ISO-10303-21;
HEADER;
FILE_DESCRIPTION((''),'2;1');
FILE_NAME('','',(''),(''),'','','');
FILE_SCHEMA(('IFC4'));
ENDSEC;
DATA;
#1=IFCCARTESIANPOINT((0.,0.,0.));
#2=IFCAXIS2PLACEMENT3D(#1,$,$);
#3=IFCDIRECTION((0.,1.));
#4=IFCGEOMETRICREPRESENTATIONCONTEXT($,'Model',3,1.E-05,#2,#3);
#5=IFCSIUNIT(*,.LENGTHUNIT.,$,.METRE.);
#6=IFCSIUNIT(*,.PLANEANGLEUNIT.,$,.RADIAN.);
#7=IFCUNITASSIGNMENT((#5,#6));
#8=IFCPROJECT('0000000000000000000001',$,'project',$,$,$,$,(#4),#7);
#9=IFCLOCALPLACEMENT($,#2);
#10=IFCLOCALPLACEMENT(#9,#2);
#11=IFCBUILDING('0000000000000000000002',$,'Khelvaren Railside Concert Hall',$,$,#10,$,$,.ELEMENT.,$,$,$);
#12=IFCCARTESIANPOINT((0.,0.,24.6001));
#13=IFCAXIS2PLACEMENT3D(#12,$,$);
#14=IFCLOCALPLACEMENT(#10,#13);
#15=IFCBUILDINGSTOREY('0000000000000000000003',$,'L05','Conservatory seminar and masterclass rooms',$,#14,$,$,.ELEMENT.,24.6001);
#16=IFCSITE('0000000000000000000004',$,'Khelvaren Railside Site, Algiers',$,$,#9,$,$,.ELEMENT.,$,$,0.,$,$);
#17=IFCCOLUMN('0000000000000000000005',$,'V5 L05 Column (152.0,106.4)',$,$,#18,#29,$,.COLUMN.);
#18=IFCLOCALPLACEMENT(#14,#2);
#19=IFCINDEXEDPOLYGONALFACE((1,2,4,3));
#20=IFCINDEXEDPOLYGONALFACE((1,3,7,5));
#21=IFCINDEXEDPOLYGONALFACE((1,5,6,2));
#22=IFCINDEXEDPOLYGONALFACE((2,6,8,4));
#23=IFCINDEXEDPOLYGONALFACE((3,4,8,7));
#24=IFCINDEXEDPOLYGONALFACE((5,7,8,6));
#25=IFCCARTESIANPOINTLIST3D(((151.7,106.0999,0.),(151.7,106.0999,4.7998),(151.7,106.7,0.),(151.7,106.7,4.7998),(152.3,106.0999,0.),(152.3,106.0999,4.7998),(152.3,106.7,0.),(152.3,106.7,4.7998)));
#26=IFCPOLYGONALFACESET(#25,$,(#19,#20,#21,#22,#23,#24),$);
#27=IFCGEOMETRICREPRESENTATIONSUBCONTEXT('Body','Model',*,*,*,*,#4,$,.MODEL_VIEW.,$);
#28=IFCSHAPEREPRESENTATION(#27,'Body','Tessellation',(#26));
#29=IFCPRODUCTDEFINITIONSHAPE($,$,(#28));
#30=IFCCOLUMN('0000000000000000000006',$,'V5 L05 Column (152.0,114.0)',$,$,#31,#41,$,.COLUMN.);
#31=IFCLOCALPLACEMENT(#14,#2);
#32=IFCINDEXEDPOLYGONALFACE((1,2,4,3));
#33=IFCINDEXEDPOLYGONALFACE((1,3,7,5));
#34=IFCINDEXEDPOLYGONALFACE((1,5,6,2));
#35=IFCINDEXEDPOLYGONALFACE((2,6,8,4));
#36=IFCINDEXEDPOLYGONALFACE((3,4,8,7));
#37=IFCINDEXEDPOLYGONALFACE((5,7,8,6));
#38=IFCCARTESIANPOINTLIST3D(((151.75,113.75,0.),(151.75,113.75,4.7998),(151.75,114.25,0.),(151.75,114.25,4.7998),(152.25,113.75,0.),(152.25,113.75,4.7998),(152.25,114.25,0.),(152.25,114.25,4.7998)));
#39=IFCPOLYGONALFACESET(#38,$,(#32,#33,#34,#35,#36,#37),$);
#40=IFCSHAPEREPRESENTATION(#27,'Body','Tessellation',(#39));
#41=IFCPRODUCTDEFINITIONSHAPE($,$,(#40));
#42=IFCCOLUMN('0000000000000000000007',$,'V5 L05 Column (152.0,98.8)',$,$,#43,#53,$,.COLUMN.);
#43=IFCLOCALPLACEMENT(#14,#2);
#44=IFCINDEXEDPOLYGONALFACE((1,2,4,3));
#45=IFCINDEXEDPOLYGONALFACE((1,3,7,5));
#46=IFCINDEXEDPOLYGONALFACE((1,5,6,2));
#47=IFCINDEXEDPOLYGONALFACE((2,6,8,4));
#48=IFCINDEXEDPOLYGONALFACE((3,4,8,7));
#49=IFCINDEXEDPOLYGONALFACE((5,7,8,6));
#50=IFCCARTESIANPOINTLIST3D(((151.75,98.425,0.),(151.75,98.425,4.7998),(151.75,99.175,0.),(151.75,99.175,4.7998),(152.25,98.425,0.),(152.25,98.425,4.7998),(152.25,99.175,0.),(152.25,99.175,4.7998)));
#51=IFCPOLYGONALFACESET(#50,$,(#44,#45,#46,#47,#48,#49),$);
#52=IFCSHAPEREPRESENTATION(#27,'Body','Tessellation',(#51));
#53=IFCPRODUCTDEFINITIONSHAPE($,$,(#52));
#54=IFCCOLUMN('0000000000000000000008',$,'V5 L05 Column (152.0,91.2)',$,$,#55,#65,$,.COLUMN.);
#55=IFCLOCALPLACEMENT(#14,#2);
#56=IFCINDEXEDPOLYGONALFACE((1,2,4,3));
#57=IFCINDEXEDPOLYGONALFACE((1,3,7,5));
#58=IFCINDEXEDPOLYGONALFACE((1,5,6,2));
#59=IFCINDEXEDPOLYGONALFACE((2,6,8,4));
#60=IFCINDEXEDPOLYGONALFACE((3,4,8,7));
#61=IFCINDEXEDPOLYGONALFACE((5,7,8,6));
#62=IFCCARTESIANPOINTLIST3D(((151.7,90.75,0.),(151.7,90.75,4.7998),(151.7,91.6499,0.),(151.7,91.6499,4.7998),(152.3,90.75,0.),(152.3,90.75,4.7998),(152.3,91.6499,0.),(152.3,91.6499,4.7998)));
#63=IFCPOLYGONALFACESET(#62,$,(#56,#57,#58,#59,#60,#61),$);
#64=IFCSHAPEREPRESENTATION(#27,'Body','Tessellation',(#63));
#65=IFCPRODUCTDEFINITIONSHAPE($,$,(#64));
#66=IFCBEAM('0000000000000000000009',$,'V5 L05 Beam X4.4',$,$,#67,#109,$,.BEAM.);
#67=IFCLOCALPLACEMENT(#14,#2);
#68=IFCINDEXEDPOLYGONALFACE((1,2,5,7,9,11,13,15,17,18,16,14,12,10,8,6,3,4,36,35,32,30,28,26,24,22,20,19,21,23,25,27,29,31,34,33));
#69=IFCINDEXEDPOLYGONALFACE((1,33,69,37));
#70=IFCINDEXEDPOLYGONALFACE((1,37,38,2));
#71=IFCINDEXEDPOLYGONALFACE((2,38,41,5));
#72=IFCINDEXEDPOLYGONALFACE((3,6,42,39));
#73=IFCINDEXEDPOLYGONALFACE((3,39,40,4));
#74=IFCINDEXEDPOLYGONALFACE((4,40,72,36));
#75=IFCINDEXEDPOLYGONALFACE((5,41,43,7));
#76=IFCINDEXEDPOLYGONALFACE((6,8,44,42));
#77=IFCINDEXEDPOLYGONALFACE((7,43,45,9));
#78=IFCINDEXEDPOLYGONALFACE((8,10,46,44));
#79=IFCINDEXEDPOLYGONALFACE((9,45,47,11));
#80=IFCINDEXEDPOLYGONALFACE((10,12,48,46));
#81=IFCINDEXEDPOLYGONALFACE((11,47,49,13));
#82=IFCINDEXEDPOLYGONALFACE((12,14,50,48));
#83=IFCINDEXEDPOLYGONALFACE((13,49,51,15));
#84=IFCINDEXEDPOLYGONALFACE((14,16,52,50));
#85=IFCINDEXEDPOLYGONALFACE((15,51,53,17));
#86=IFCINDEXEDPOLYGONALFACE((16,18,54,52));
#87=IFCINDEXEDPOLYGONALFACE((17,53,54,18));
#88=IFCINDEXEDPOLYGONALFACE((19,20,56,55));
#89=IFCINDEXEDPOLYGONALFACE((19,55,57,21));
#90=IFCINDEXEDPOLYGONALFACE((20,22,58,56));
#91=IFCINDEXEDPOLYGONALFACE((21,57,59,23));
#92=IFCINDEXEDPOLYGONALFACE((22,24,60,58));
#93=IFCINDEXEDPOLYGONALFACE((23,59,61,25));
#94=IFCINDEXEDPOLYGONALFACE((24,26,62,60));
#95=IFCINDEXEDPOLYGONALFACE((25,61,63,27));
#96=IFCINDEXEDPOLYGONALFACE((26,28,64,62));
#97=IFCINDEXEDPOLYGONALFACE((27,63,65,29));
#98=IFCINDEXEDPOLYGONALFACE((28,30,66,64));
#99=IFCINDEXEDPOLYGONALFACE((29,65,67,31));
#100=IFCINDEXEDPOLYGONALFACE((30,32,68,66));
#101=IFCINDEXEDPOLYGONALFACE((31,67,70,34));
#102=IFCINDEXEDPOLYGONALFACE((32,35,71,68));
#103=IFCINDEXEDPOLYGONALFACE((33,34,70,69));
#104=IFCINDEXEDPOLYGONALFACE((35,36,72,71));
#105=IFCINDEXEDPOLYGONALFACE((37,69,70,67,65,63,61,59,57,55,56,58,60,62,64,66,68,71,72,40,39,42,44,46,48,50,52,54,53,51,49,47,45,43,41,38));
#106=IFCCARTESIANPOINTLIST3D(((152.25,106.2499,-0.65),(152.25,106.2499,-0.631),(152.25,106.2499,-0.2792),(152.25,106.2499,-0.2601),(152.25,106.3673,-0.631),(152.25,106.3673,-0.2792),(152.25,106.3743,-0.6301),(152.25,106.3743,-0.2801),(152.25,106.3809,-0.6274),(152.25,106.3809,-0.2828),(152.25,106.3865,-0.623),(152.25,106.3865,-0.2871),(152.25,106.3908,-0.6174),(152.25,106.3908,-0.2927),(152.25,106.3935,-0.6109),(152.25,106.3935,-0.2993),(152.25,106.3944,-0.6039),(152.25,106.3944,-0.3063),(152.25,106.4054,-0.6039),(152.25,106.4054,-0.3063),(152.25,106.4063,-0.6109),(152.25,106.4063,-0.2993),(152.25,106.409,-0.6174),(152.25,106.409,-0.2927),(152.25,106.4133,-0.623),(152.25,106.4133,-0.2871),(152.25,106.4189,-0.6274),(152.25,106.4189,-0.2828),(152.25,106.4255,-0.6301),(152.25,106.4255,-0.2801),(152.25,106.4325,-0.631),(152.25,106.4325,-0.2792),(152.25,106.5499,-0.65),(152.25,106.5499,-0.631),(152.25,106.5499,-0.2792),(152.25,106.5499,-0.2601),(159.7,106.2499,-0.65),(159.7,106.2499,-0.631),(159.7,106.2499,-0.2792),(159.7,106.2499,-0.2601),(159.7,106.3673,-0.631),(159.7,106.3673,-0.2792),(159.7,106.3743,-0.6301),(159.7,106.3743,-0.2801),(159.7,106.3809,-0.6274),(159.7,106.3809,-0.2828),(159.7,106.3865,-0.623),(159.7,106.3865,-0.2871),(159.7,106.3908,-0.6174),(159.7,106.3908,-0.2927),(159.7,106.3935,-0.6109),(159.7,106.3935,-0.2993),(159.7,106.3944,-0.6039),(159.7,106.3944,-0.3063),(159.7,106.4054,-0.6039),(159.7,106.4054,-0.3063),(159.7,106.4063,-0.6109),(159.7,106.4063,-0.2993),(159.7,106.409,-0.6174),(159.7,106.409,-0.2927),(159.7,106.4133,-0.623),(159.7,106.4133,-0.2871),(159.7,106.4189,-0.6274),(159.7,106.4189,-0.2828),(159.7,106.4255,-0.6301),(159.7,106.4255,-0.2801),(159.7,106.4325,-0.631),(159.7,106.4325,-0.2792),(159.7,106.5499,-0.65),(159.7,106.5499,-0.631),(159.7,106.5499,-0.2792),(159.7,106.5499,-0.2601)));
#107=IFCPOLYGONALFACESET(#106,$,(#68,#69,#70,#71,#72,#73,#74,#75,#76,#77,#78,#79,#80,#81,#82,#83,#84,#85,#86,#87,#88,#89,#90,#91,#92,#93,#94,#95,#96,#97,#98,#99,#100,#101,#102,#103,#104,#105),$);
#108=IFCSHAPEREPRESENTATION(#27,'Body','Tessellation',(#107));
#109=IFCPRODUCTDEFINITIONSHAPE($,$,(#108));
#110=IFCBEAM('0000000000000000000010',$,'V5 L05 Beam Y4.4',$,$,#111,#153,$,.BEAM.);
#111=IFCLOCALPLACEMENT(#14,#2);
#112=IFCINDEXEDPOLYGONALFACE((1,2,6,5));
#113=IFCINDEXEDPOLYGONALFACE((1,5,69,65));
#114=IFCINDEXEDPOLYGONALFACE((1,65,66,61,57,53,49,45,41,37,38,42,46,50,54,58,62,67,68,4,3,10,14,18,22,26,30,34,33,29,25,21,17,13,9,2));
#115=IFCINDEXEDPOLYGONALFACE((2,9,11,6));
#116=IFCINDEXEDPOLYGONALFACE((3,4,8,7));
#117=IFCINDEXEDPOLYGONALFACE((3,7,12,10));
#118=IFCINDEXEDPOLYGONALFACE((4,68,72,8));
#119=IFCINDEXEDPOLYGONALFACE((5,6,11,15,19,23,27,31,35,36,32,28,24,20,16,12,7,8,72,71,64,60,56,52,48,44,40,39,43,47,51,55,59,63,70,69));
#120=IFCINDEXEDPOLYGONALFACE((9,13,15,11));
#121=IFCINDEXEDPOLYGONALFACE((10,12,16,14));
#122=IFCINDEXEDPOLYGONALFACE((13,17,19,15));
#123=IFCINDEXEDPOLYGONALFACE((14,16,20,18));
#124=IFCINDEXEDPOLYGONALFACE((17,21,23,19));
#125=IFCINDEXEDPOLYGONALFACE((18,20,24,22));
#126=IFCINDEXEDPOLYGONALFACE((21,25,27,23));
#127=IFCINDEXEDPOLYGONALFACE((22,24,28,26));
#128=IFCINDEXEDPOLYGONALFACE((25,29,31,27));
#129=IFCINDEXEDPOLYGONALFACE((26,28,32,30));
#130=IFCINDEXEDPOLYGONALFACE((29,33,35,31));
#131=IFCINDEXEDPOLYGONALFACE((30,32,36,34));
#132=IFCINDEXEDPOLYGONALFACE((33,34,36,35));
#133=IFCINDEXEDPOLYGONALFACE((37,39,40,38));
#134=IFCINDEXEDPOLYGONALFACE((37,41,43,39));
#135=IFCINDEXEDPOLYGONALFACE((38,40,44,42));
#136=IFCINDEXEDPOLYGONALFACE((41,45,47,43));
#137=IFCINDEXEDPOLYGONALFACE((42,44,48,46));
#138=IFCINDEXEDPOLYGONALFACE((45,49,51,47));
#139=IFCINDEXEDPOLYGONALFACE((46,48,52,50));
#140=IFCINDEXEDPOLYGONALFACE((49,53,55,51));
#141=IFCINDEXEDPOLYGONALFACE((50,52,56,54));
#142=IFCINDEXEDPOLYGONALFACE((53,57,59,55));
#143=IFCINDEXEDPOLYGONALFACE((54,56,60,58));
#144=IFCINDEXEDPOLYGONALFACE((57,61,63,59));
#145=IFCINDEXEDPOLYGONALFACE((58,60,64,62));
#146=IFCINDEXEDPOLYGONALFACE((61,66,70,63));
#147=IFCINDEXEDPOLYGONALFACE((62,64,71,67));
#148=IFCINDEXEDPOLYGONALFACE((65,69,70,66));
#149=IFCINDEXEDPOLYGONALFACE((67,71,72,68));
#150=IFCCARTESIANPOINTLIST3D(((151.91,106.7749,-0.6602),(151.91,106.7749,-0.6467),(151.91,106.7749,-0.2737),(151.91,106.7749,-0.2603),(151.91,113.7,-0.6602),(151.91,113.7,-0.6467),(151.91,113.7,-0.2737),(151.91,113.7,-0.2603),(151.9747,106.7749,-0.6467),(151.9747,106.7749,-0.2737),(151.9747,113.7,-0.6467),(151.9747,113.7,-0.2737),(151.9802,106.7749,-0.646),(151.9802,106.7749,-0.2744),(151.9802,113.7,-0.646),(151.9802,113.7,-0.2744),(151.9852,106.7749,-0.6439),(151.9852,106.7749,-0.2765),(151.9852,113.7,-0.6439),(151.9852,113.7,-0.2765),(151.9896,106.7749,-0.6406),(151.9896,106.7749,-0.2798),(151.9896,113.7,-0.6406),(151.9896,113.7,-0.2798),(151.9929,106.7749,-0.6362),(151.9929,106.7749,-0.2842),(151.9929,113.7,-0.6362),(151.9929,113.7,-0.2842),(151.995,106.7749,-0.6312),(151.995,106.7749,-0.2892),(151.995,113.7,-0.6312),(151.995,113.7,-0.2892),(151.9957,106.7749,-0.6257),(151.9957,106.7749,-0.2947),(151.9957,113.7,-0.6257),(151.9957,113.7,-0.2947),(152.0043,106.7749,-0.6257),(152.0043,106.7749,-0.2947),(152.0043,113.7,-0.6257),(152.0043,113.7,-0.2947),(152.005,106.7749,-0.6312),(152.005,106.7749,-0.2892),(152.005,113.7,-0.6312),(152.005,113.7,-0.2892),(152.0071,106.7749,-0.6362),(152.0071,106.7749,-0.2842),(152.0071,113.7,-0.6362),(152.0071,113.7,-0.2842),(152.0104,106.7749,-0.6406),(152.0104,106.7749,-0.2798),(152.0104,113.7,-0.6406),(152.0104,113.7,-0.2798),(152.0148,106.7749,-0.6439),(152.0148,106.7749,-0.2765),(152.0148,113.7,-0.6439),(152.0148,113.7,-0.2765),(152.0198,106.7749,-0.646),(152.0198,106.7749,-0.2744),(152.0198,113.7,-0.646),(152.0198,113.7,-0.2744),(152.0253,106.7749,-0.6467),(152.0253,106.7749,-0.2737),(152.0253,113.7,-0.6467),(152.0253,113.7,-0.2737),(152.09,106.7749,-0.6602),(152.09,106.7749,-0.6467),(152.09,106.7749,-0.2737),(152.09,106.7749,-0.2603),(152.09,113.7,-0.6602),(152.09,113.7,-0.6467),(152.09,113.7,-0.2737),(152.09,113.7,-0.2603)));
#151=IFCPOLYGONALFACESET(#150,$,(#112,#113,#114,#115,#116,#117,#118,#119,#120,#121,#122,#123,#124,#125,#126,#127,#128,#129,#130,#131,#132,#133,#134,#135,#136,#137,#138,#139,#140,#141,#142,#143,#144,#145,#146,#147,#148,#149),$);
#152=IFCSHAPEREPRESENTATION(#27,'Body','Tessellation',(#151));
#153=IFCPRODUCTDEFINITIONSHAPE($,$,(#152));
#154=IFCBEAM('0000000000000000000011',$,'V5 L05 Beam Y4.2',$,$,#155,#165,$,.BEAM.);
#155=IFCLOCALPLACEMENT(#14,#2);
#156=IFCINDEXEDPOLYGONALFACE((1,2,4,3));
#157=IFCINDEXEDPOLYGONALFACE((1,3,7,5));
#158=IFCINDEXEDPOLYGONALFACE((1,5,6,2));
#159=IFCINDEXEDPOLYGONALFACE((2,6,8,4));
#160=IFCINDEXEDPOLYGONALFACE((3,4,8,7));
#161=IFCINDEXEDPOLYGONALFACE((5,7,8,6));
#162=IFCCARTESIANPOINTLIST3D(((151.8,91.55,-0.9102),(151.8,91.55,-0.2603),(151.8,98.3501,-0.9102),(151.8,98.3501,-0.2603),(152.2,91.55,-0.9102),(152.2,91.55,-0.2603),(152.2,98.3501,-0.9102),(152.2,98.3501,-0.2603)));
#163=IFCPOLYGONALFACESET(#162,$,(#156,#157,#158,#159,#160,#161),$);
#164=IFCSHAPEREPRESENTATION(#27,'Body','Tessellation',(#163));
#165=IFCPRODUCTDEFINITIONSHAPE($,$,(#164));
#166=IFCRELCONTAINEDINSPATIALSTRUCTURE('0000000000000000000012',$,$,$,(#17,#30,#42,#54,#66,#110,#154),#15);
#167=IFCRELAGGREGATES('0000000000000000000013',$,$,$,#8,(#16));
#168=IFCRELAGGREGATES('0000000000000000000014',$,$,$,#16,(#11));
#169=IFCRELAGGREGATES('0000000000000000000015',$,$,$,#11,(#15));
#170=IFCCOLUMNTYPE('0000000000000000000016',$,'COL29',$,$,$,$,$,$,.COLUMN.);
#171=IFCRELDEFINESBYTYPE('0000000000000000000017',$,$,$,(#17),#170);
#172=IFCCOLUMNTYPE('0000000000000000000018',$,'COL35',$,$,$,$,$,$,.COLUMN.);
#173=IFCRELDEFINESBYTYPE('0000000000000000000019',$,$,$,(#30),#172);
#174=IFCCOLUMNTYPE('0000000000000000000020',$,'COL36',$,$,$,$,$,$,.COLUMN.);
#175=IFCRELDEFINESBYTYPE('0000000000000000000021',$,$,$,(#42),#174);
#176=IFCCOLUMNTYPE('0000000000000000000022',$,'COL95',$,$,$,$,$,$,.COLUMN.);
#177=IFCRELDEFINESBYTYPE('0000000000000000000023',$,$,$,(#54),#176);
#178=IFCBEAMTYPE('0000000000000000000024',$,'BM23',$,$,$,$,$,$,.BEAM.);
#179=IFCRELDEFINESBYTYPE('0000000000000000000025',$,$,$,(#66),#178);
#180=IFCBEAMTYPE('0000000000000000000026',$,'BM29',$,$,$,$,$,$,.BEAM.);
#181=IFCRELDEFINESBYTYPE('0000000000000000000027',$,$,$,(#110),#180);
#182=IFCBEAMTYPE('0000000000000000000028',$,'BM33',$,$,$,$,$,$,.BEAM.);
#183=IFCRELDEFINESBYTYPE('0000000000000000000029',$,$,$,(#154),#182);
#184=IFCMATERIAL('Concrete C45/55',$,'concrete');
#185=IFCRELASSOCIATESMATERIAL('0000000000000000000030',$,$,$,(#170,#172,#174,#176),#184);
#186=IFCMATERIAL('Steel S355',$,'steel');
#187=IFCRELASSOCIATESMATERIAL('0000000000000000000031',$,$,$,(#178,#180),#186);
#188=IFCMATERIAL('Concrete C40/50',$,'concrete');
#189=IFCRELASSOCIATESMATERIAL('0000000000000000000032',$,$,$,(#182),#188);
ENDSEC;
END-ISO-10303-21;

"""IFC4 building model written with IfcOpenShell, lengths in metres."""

from ifc_helpers import new_model, si_unit, direction, frame, origin, origin_2d, place, context, subcontext, project, spatial, rectangle, i_section, extrude, material, material_profile, profile_set, type_object, element, save


model = new_model("IFC4")

# Units and contexts
model_context = context("Model", 3, precision=1e-05, world=origin(), true_north=direction((0.0, 1.0)))
body_context = subcontext(model_context, "Body", "Model", "MODEL_VIEW")
ifc_project = project(units=[si_unit("LENGTHUNIT", "METRE"), si_unit("PLANEANGLEUNIT", "RADIAN")], contexts=[model_context])

# Site, building, storey
site_placement = place(None, origin())
site = spatial("IfcSite", under=ifc_project, at=site_placement, Name="Khelvaren Railside Site, Algiers", CompositionType="ELEMENT", RefElevation=0.0)
building_placement = place(site_placement, origin())
building = spatial("IfcBuilding", under=site, at=building_placement, Name="Khelvaren Railside Concert Hall", CompositionType="ELEMENT")
storey_placement = place(building_placement, frame((0.0, 0.0, 24.6001)))
storey = spatial("IfcBuildingStorey", under=building, at=storey_placement, Name="L05", Description="Conservatory seminar and masterclass rooms", CompositionType="ELEMENT", Elevation=24.6001)

# Columns
ifc_material_1 = material(Name="Concrete C45/55", Category="concrete")
ifc_material_profile_1 = material_profile(ifc_material_1, rectangle(XDim=0.6001, YDim=0.6001, at=origin_2d()), Name="RC 600x600")
ifc_profile_set_1 = profile_set([ifc_material_profile_1], Name="Concrete C45/55")
column_type_1 = type_object("IfcColumnType", Name="COL29", PredefinedType="COLUMN", material=ifc_profile_set_1)
column_1_placement = place(storey_placement, frame((152.0, 106.3999, 0.0), z_axis=(0.0, 0.0, 1.0), x_axis=(1.0, 0.0, 0.0)))
element("IfcColumn", 1, at=column_1_placement, inside=storey, type_object=column_type_1, Name="V5 L05 Column (152.0,106.4)", PredefinedType="COLUMN", context=body_context, shape_type="SweptSolid", body=[
    extrude(rectangle(XDim=0.6001, YDim=0.6001, at=origin_2d()), origin(), (0.0, 0.0, 1.0), 4.7998),
])
ifc_material_profile_2 = material_profile(ifc_material_1, rectangle(XDim=0.5, YDim=0.5, at=origin_2d()), Name="RC 500x500")
ifc_profile_set_2 = profile_set([ifc_material_profile_2], Name="Concrete C45/55")
column_type_2 = type_object("IfcColumnType", Name="COL35", PredefinedType="COLUMN", material=ifc_profile_set_2)
column_2_placement = place(storey_placement, frame((152.0, 114.0, 0.0), z_axis=(0.0, 0.0, 1.0), x_axis=(1.0, 0.0, 0.0)))
element("IfcColumn", 2, at=column_2_placement, inside=storey, type_object=column_type_2, Name="V5 L05 Column (152.0,114.0)", PredefinedType="COLUMN", context=body_context, shape_type="SweptSolid", body=[
    extrude(rectangle(XDim=0.5, YDim=0.5, at=origin_2d()), origin(), (0.0, 0.0, 1.0), 4.7998),
])
ifc_material_profile_3 = material_profile(ifc_material_1, rectangle(XDim=0.5, YDim=0.75, at=origin_2d()), Name="RC 500x750")
ifc_profile_set_3 = profile_set([ifc_material_profile_3], Name="Concrete C45/55")
column_type_3 = type_object("IfcColumnType", Name="COL36", PredefinedType="COLUMN", material=ifc_profile_set_3)
column_3_placement = place(storey_placement, frame((152.0, 98.8, 0.0), z_axis=(0.0, 0.0, 1.0), x_axis=(1.0, 0.0, 0.0)))
element("IfcColumn", 3, at=column_3_placement, inside=storey, type_object=column_type_3, Name="V5 L05 Column (152.0,98.8)", PredefinedType="COLUMN", context=body_context, shape_type="SweptSolid", body=[
    extrude(rectangle(XDim=0.5, YDim=0.75, at=origin_2d()), origin(), (0.0, 0.0, 1.0), 4.7998),
])
ifc_material_profile_4 = material_profile(ifc_material_1, rectangle(XDim=0.6001, YDim=0.8999, at=origin_2d()), Name="RC 600x900")
ifc_profile_set_4 = profile_set([ifc_material_profile_4], Name="Concrete C45/55")
column_type_4 = type_object("IfcColumnType", Name="COL95", PredefinedType="COLUMN", material=ifc_profile_set_4)
column_4_placement = place(storey_placement, frame((152.0, 91.2, 0.0), z_axis=(0.0, 0.0, 1.0), x_axis=(1.0, 0.0, 0.0)))
element("IfcColumn", 4, at=column_4_placement, inside=storey, type_object=column_type_4, Name="V5 L05 Column (152.0,91.2)", PredefinedType="COLUMN", context=body_context, shape_type="SweptSolid", body=[
    extrude(rectangle(XDim=0.6001, YDim=0.8999, at=origin_2d()), origin(), (0.0, 0.0, 1.0), 4.7998),
])

# Beams
ifc_material_2 = material(Name="Steel S355", Category="steel")
ifc_material_profile_5 = material_profile(ifc_material_2, i_section(OverallWidth=0.3, OverallDepth=0.3899, WebThickness=0.011, FlangeThickness=0.019, FilletRadius=0.0271, at=origin_2d()), Name="HEA 400")
ifc_profile_set_5 = profile_set([ifc_material_profile_5], Name="Steel S355")
beam_type_1 = type_object("IfcBeamType", Name="BM23", PredefinedType="BEAM", material=ifc_profile_set_5)
beam_1_placement = place(storey_placement, frame((152.25, 106.3999, -0.4551), z_axis=(1.0, 0.0, 0.0), x_axis=(0.0, 1.0, 0.0)))
element("IfcBeam", 5, at=beam_1_placement, inside=storey, type_object=beam_type_1, Name="V5 L05 Beam X4.4", PredefinedType="BEAM", context=body_context, shape_type="SweptSolid", body=[
    extrude(i_section(OverallWidth=0.3, OverallDepth=0.3899, WebThickness=0.011, FlangeThickness=0.019, FilletRadius=0.0271, at=origin_2d()), origin(), (0.0, 0.0, 1.0), 7.45),
])
ifc_material_profile_6 = material_profile(ifc_material_2, i_section(OverallWidth=0.1799, OverallDepth=0.3999, WebThickness=0.0085, FlangeThickness=0.0134, FilletRadius=0.021, at=origin_2d()), Name="IPE 400")
ifc_profile_set_6 = profile_set([ifc_material_profile_6], Name="Steel S355")
beam_type_2 = type_object("IfcBeamType", Name="BM29", PredefinedType="BEAM", material=ifc_profile_set_6)
beam_2_placement = place(storey_placement, frame((152.0, 106.7749, -0.4602), z_axis=(0.0, 1.0, 0.0), x_axis=(-1.0, 0.0, 0.0)))
element("IfcBeam", 6, at=beam_2_placement, inside=storey, type_object=beam_type_2, Name="V5 L05 Beam Y4.4", PredefinedType="BEAM", context=body_context, shape_type="SweptSolid", body=[
    extrude(i_section(OverallWidth=0.1799, OverallDepth=0.3999, WebThickness=0.0085, FlangeThickness=0.0134, FilletRadius=0.021, at=origin_2d()), origin(), (0.0, 0.0, 1.0), 6.925),
])
ifc_material_3 = material(Name="Concrete C40/50", Category="concrete")
ifc_material_profile_7 = material_profile(ifc_material_3, rectangle(XDim=0.3999, YDim=0.6499, at=origin_2d()), Name="RCB 400x650")
ifc_profile_set_7 = profile_set([ifc_material_profile_7], Name="Concrete C40/50")
beam_type_3 = type_object("IfcBeamType", Name="BM33", PredefinedType="BEAM", material=ifc_profile_set_7)
beam_3_placement = place(storey_placement, frame((152.0, 91.55, -0.5852), z_axis=(0.0, 1.0, 0.0), x_axis=(-1.0, 0.0, 0.0)))
element("IfcBeam", 7, at=beam_3_placement, inside=storey, type_object=beam_type_3, Name="V5 L05 Beam Y4.2", PredefinedType="BEAM", context=body_context, shape_type="SweptSolid", body=[
    extrude(rectangle(XDim=0.3999, YDim=0.6499, at=origin_2d()), origin(), (0.0, 0.0, 1.0), 6.8),
])

save(model, "model.ifc")
